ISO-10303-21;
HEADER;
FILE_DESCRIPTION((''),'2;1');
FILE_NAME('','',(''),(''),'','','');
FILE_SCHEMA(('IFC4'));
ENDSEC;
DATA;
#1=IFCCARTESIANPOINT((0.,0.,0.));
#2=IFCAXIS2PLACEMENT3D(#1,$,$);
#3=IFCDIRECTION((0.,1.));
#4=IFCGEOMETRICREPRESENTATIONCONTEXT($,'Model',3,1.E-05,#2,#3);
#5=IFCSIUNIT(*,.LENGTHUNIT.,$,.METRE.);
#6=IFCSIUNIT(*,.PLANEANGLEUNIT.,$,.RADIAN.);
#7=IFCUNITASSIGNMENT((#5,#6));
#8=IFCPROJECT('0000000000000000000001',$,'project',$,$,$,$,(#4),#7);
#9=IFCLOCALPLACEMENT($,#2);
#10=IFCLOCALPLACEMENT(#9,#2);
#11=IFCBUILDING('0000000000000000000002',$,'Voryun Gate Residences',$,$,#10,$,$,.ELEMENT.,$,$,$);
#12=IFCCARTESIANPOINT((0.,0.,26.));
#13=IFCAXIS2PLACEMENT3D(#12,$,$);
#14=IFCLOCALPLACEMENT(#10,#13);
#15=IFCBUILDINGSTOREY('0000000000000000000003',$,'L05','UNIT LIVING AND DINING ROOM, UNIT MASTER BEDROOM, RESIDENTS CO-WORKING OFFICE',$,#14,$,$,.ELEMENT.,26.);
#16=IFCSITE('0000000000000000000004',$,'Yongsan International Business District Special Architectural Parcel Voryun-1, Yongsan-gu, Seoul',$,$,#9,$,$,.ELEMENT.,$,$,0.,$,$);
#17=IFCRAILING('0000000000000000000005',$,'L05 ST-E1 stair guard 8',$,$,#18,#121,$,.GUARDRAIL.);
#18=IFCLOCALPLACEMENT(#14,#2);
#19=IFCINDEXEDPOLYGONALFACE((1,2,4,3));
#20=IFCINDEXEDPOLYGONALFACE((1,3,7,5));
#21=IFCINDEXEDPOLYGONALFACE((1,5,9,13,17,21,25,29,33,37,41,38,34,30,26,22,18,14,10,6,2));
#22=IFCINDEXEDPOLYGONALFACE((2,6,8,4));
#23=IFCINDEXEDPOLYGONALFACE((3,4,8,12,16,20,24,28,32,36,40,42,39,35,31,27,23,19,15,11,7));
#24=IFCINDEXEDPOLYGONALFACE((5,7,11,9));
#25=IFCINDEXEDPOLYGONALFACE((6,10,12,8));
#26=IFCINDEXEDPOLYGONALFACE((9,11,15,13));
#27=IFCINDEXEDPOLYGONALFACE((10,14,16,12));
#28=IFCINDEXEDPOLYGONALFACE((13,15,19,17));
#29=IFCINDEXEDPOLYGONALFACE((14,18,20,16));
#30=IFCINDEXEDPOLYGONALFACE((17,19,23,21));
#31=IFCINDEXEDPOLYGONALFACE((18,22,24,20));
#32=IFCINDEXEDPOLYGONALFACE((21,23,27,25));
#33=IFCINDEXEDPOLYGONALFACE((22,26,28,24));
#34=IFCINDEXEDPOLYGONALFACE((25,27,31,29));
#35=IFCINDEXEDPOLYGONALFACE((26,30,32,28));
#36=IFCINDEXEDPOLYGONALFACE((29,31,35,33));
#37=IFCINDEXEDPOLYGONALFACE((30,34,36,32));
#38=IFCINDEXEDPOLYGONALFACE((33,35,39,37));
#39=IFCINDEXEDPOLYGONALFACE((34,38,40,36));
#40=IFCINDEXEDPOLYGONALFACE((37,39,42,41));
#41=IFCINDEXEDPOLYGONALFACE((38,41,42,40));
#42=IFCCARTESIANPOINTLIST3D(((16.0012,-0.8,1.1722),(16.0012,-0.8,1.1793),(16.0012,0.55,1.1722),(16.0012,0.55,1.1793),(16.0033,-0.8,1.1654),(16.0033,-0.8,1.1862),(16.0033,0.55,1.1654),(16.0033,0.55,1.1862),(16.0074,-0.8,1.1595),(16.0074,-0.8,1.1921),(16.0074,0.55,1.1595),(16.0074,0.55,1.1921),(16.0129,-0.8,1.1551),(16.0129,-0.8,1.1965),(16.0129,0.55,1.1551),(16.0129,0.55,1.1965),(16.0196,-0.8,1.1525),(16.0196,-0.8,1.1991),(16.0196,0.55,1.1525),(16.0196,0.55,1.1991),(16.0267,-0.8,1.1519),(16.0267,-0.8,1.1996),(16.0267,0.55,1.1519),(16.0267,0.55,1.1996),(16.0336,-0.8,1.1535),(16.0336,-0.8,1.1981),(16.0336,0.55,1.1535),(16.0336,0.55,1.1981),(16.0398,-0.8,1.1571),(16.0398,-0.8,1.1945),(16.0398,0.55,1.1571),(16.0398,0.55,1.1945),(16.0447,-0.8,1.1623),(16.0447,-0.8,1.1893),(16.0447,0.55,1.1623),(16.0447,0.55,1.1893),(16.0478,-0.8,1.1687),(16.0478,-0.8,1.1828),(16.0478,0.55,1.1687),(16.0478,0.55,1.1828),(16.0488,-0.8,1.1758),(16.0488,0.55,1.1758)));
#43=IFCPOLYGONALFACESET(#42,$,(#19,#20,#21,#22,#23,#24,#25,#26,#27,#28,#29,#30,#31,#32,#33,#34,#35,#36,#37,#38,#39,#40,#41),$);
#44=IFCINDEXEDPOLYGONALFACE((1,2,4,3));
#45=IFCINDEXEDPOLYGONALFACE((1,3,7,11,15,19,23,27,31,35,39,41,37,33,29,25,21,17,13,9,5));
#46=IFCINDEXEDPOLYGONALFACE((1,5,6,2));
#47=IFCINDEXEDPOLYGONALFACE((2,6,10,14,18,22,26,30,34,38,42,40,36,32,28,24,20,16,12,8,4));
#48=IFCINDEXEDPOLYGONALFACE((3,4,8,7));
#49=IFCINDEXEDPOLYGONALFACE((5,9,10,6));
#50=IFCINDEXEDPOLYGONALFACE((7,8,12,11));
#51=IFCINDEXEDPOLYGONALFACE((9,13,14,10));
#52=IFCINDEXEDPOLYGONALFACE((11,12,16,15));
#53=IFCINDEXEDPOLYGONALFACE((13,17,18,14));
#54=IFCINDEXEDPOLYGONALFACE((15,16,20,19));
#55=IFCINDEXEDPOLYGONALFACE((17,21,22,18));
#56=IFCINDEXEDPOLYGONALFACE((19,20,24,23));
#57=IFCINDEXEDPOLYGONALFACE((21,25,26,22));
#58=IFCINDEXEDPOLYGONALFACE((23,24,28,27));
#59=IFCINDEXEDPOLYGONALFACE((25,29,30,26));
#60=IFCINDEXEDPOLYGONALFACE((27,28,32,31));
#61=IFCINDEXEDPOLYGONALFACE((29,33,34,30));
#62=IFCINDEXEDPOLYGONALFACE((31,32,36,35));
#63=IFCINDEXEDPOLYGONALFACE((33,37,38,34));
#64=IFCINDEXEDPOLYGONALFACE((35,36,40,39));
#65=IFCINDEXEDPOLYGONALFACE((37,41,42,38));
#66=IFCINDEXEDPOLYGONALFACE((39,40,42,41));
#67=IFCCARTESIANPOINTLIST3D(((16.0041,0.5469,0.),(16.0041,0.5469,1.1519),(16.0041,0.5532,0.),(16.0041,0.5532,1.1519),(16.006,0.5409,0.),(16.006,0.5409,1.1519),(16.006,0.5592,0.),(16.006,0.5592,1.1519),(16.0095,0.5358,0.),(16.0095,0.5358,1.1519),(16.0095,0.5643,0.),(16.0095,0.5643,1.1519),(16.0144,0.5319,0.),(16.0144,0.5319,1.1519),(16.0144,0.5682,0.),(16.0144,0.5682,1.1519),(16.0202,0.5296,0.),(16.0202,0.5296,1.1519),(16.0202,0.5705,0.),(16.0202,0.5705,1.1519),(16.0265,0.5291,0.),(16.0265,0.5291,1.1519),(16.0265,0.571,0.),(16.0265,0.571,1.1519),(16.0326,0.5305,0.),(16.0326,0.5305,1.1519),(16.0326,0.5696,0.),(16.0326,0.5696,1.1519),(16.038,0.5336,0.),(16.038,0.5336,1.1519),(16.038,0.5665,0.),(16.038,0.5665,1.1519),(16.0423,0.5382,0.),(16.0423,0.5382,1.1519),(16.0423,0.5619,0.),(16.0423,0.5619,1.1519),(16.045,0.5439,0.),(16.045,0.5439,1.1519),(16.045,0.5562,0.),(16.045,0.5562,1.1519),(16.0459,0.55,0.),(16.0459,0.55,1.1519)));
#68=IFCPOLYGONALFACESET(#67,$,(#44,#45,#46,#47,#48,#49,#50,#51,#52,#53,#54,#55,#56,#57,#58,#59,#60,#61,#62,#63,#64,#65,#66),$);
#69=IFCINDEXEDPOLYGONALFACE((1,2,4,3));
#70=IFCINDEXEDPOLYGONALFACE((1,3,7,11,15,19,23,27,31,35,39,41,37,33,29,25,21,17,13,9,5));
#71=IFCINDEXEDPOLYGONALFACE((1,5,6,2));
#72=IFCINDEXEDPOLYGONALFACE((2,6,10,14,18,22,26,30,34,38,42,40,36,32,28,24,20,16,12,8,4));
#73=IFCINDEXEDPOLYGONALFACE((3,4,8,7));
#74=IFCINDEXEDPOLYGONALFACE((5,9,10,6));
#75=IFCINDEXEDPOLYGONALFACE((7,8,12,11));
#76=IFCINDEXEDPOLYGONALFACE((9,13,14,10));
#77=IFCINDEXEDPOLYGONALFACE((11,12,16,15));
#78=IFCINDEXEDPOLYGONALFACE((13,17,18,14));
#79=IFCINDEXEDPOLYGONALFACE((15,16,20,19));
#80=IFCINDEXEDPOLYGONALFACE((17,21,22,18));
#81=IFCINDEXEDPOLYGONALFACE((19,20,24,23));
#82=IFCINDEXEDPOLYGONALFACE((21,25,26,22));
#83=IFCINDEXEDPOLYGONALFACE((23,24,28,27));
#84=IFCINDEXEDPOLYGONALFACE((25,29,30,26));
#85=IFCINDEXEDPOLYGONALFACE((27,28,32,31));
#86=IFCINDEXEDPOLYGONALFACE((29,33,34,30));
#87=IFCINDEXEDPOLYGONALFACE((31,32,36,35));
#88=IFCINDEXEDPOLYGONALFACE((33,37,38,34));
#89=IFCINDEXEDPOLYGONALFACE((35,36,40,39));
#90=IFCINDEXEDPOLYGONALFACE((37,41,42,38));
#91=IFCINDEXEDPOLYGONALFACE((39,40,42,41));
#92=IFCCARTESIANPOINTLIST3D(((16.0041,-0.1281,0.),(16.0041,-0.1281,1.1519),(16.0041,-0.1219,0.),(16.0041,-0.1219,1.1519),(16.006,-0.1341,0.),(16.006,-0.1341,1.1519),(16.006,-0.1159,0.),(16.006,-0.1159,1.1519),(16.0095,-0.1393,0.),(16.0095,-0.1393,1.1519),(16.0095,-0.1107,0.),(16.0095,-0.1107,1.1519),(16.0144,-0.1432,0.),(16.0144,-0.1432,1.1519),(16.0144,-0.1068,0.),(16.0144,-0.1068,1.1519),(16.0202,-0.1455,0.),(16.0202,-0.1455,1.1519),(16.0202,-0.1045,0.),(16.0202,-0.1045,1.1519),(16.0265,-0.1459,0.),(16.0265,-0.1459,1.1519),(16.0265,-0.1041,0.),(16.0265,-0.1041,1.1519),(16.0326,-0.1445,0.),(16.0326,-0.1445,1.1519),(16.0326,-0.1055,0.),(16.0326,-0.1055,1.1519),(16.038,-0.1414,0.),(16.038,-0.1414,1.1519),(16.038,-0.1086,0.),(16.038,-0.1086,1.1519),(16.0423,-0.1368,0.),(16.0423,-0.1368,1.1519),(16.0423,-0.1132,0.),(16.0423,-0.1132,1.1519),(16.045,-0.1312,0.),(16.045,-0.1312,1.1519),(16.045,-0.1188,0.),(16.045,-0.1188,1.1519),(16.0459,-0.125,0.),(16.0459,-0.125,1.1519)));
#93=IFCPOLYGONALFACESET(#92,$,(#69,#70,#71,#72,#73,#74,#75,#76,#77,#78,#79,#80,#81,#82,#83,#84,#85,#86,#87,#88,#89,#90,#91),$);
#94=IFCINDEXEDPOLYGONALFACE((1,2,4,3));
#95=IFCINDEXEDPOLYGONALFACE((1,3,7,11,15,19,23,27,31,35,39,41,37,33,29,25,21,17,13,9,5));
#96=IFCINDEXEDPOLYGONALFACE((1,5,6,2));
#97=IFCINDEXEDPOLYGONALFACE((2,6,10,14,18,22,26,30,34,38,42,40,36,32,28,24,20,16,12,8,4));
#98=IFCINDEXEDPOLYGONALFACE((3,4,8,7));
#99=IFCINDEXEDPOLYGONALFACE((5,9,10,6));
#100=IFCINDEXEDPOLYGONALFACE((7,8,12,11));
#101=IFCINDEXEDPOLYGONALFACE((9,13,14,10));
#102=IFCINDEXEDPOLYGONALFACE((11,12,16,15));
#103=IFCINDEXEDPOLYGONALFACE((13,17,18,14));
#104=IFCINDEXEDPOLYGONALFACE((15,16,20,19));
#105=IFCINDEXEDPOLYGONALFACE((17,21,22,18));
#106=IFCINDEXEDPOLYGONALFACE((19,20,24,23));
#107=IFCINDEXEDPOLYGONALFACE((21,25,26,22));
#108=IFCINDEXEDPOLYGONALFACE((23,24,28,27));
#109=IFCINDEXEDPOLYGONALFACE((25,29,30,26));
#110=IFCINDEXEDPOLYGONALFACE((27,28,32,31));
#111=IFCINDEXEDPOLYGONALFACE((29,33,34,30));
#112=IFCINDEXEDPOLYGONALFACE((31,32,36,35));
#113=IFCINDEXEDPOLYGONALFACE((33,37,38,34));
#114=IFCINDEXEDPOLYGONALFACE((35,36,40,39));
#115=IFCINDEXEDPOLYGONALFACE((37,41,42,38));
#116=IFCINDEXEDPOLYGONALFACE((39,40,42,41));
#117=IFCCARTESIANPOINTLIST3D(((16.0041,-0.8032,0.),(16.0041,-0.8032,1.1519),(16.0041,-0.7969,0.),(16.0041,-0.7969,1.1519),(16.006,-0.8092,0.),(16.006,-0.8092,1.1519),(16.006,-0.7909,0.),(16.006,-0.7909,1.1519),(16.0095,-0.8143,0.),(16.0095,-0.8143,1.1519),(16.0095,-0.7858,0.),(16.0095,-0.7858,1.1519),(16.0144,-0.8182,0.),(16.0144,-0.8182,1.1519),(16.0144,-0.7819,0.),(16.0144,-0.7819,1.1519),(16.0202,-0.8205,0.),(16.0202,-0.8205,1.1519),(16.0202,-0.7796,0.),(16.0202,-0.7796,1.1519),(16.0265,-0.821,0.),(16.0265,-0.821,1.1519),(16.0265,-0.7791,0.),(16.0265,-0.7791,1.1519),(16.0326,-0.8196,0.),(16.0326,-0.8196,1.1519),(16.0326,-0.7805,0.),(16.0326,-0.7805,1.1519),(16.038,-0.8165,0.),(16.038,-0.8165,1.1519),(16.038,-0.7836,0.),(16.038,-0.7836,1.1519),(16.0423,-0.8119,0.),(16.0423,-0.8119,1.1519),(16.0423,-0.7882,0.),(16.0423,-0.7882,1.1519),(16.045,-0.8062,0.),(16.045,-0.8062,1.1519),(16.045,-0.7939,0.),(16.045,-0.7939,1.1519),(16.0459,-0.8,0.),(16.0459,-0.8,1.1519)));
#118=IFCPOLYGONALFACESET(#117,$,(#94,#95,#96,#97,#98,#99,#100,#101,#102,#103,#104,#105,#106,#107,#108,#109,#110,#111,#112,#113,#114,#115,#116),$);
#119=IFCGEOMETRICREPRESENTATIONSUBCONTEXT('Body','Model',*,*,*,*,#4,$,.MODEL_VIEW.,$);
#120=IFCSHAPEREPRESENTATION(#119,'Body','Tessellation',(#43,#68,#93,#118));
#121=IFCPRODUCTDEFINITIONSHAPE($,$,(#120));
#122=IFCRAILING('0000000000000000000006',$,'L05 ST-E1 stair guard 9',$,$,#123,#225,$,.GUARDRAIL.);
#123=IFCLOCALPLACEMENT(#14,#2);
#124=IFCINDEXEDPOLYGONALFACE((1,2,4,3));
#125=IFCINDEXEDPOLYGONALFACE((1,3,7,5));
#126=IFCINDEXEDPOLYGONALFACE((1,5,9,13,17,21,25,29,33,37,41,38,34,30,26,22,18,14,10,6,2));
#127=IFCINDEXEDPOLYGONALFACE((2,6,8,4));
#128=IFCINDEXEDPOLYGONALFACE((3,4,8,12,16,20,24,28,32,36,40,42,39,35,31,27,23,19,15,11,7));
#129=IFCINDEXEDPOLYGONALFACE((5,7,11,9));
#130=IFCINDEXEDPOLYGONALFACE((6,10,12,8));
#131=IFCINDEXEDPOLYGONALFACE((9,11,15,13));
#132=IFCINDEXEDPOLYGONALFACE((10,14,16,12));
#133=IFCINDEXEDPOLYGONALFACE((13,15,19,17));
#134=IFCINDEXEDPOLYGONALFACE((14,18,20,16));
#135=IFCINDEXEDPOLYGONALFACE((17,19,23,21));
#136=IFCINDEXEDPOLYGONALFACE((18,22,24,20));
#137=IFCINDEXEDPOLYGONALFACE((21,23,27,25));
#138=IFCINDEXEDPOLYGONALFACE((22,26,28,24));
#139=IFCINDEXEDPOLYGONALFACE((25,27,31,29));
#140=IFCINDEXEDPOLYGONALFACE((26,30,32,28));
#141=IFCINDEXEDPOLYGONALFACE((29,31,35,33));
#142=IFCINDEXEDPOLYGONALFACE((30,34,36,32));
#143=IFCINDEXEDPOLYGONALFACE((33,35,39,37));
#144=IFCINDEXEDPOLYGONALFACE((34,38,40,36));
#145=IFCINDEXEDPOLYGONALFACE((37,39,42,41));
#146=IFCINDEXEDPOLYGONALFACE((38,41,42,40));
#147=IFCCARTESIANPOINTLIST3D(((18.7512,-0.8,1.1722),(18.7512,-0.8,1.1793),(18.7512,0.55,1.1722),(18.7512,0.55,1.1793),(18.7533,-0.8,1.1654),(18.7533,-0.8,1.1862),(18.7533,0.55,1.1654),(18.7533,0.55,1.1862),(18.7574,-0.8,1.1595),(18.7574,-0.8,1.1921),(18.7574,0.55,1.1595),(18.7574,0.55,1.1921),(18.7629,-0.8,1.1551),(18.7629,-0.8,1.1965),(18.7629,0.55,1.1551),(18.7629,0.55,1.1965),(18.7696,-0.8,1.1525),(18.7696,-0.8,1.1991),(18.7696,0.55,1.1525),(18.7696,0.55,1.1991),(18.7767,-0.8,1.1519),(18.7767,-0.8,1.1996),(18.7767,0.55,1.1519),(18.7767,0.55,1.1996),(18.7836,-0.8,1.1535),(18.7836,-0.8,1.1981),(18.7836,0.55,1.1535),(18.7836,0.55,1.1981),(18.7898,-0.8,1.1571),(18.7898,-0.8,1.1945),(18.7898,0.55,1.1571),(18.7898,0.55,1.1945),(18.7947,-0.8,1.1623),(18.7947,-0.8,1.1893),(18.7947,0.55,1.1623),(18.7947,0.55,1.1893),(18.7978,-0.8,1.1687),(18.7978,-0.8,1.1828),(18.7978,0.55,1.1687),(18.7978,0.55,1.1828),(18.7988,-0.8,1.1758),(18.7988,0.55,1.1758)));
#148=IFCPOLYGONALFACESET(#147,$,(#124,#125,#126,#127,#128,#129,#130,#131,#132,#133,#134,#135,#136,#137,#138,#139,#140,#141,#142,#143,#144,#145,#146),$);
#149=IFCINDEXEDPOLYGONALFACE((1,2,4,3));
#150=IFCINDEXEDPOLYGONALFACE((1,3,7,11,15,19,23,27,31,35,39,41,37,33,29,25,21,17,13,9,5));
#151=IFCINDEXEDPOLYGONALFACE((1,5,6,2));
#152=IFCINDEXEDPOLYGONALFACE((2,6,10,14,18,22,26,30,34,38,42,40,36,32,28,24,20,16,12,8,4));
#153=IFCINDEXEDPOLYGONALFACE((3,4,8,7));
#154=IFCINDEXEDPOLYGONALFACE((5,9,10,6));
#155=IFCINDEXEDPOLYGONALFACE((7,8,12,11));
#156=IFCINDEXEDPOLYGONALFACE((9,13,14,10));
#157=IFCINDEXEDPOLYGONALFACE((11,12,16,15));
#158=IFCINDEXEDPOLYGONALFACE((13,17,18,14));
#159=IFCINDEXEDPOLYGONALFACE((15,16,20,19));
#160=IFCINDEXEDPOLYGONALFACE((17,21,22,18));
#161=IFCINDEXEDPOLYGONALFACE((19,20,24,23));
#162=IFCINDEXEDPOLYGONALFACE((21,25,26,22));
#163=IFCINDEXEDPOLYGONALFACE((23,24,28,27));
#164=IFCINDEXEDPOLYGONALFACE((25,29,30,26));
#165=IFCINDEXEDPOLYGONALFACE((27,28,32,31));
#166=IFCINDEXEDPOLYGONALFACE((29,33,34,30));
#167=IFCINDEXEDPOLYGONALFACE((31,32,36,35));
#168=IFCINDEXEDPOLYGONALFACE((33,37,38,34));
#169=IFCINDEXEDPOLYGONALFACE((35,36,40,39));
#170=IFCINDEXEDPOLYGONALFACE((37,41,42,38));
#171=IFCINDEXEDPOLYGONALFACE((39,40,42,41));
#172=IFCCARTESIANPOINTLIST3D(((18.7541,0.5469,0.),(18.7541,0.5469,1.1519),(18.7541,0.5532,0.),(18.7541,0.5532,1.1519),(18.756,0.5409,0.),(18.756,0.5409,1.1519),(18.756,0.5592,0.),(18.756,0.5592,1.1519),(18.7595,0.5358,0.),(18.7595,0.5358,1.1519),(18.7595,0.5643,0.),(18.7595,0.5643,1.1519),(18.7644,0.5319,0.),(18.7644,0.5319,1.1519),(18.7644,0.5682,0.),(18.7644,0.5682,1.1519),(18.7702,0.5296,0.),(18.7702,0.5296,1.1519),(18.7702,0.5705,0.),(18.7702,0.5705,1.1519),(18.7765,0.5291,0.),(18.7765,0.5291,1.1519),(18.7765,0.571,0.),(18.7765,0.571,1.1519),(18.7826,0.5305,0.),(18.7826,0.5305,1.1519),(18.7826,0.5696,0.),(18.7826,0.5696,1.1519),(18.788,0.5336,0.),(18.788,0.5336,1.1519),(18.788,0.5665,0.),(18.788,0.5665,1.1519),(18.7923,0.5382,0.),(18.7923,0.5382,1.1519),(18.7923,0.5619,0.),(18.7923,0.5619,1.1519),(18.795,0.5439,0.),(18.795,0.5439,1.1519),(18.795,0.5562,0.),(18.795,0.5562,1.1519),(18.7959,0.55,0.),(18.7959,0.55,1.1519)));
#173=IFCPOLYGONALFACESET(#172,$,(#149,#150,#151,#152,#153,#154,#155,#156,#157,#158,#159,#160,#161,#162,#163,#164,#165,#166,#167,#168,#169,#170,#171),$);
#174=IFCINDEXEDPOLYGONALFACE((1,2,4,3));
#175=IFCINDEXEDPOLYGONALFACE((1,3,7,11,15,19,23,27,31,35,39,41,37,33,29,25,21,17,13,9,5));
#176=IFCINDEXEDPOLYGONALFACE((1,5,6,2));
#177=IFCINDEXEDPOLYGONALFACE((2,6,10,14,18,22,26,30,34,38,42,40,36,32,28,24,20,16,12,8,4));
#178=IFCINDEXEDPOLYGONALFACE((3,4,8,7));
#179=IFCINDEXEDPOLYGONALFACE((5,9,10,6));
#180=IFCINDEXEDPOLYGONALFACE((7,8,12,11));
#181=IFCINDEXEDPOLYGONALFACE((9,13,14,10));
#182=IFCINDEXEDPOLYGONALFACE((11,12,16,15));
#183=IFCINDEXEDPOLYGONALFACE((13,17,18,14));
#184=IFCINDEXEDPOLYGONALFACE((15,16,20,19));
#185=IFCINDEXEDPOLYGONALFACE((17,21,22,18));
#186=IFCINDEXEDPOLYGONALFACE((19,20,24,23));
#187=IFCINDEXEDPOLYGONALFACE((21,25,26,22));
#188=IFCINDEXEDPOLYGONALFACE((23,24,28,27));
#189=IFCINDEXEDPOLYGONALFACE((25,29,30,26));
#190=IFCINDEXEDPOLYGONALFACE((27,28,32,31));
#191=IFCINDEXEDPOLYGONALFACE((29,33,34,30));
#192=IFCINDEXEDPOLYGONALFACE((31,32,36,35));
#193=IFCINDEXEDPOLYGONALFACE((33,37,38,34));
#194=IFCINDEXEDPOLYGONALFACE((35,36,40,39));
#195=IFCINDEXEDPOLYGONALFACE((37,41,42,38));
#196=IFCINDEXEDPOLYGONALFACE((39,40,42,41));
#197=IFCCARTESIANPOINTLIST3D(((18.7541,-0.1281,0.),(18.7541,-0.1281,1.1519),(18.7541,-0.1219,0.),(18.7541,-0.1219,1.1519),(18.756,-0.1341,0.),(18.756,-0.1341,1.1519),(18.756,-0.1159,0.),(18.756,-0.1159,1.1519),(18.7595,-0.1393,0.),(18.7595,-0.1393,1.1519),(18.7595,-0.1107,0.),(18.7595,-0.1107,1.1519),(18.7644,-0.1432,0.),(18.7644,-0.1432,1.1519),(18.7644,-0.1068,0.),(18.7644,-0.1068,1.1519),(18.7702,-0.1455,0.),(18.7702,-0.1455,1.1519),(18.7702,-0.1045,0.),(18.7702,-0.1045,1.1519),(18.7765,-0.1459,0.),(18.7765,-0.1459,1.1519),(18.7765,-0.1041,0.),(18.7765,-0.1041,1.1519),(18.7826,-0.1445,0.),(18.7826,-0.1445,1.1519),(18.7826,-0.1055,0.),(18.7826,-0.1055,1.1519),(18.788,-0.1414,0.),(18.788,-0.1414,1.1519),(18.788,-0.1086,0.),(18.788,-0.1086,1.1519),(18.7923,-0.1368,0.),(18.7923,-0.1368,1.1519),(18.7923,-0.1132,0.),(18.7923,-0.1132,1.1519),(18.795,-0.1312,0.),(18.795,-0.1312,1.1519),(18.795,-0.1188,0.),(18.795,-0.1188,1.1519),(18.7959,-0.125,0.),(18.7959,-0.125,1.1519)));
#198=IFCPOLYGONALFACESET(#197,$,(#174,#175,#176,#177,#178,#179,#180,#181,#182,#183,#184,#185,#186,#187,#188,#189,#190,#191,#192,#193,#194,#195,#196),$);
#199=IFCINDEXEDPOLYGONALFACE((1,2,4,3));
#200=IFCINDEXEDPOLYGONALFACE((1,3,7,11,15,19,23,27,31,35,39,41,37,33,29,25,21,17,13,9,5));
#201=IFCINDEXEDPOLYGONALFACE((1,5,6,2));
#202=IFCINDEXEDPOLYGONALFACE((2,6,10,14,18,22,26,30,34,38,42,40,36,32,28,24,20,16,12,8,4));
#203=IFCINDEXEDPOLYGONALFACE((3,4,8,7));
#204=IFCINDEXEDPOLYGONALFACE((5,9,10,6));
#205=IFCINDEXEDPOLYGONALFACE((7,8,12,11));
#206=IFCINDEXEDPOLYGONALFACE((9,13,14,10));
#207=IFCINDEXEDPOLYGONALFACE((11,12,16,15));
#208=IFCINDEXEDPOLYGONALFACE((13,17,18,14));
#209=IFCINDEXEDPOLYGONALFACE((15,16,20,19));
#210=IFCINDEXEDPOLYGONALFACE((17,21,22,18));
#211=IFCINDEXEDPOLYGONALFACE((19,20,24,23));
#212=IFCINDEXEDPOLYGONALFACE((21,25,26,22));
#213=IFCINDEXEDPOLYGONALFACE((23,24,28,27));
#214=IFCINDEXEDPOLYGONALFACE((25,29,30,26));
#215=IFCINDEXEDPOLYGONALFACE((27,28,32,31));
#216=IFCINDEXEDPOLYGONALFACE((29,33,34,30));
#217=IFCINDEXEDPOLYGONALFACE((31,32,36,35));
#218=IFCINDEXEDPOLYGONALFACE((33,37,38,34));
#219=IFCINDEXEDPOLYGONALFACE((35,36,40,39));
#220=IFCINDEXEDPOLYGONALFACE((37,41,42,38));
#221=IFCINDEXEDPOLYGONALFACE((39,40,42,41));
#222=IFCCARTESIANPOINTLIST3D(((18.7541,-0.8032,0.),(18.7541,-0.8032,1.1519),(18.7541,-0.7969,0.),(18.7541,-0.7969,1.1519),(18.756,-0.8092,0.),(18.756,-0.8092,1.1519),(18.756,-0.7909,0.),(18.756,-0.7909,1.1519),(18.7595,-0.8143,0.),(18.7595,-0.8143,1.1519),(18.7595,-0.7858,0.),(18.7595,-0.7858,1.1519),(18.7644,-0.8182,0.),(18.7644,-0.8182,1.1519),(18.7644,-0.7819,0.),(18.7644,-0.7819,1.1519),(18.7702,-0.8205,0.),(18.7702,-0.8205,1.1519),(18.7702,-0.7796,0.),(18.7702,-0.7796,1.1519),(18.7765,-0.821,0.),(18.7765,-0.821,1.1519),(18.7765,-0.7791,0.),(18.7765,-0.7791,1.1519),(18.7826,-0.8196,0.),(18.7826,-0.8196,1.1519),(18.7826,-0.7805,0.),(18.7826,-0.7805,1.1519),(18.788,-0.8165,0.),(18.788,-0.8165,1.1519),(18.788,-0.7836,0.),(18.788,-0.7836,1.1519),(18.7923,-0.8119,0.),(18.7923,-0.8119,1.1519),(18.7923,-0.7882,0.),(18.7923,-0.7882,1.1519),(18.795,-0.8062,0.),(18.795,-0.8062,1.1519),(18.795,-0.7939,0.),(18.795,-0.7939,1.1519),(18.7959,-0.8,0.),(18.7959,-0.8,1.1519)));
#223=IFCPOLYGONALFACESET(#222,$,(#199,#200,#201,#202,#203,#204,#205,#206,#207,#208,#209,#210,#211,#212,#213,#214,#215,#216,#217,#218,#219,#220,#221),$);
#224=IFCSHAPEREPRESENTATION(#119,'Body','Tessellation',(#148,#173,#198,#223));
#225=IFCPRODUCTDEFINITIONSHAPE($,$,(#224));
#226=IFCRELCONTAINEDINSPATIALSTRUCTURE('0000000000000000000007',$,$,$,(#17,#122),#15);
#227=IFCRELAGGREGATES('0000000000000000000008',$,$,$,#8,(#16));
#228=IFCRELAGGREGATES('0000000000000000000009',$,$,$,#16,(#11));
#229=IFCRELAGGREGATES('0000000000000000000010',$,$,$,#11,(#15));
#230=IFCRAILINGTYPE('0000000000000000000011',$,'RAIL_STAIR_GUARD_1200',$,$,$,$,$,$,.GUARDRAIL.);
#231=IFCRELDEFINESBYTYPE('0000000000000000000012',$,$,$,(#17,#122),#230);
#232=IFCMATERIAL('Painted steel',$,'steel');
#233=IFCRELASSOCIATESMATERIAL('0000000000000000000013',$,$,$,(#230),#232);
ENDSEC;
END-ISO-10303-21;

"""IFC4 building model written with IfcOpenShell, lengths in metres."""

from ifc_helpers import new_model, si_unit, direction, frame, origin, origin_2d, place, context, subcontext, project, spatial, circle, extrude, material, type_object, element, save


model = new_model("IFC4")

# Units and contexts
model_context = context("Model", 3, precision=1e-05, world=origin(), true_north=direction((0.0, 1.0)))
body_context = subcontext(model_context, "Body", "Model", "MODEL_VIEW")
ifc_project = project(units=[si_unit("LENGTHUNIT", "METRE"), si_unit("PLANEANGLEUNIT", "RADIAN")], contexts=[model_context])

# Site, building, storey
site_placement = place(None, origin())
site = spatial("IfcSite", under=ifc_project, at=site_placement, Name="Yongsan International Business District Special Architectural Parcel Voryun-1, Yongsan-gu, Seoul", CompositionType="ELEMENT", RefElevation=0.0)
building_placement = place(site_placement, origin())
building = spatial("IfcBuilding", under=site, at=building_placement, Name="Voryun Gate Residences", CompositionType="ELEMENT")
storey_placement = place(building_placement, frame((0.0, 0.0, 26.0)))
storey = spatial("IfcBuildingStorey", under=building, at=storey_placement, Name="L05", Description="UNIT LIVING AND DINING ROOM, UNIT MASTER BEDROOM, RESIDENTS CO-WORKING OFFICE", CompositionType="ELEMENT", Elevation=26.0)

# Railings
ifc_material_1 = material(Name="Painted steel", Category="steel")
railing_type = type_object("IfcRailingType", Name="RAIL_STAIR_GUARD_1200", PredefinedType="GUARDRAIL", material=ifc_material_1)
for number, where, name in (
    (1, (16.0249, 0.55, 0.0), "L05 ST-E1 stair guard 8"),
    (2, (18.7749, 0.55, 0.0), "L05 ST-E1 stair guard 9"),
):
    element("IfcRailing", number, at=place(storey_placement, frame(where)), inside=storey, type_object=railing_type, Name=name, PredefinedType="GUARDRAIL", context=body_context, shape_type="SweptSolid", body=[
        extrude(circle(Radius=0.0239, at=origin_2d()), frame((0.0, 0.0, 1.1758), z_axis=(0.0, -1.0, 0.0), x_axis=(1.0, 0.0, 0.0)), (0.0, 0.0, 1.0), 1.3501),
        extrude(circle(Radius=0.021, at=origin_2d()), origin(), (0.0, 0.0, 1.0), 1.1519),
        extrude(circle(Radius=0.021, at=origin_2d()), frame((0.0, -0.675, 0.0)), (0.0, 0.0, 1.0), 1.1519),
        extrude(circle(Radius=0.021, at=origin_2d()), frame((0.0, -1.3501, 0.0)), (0.0, 0.0, 1.0), 1.1519),
    ])

save(model, "model.ifc")
